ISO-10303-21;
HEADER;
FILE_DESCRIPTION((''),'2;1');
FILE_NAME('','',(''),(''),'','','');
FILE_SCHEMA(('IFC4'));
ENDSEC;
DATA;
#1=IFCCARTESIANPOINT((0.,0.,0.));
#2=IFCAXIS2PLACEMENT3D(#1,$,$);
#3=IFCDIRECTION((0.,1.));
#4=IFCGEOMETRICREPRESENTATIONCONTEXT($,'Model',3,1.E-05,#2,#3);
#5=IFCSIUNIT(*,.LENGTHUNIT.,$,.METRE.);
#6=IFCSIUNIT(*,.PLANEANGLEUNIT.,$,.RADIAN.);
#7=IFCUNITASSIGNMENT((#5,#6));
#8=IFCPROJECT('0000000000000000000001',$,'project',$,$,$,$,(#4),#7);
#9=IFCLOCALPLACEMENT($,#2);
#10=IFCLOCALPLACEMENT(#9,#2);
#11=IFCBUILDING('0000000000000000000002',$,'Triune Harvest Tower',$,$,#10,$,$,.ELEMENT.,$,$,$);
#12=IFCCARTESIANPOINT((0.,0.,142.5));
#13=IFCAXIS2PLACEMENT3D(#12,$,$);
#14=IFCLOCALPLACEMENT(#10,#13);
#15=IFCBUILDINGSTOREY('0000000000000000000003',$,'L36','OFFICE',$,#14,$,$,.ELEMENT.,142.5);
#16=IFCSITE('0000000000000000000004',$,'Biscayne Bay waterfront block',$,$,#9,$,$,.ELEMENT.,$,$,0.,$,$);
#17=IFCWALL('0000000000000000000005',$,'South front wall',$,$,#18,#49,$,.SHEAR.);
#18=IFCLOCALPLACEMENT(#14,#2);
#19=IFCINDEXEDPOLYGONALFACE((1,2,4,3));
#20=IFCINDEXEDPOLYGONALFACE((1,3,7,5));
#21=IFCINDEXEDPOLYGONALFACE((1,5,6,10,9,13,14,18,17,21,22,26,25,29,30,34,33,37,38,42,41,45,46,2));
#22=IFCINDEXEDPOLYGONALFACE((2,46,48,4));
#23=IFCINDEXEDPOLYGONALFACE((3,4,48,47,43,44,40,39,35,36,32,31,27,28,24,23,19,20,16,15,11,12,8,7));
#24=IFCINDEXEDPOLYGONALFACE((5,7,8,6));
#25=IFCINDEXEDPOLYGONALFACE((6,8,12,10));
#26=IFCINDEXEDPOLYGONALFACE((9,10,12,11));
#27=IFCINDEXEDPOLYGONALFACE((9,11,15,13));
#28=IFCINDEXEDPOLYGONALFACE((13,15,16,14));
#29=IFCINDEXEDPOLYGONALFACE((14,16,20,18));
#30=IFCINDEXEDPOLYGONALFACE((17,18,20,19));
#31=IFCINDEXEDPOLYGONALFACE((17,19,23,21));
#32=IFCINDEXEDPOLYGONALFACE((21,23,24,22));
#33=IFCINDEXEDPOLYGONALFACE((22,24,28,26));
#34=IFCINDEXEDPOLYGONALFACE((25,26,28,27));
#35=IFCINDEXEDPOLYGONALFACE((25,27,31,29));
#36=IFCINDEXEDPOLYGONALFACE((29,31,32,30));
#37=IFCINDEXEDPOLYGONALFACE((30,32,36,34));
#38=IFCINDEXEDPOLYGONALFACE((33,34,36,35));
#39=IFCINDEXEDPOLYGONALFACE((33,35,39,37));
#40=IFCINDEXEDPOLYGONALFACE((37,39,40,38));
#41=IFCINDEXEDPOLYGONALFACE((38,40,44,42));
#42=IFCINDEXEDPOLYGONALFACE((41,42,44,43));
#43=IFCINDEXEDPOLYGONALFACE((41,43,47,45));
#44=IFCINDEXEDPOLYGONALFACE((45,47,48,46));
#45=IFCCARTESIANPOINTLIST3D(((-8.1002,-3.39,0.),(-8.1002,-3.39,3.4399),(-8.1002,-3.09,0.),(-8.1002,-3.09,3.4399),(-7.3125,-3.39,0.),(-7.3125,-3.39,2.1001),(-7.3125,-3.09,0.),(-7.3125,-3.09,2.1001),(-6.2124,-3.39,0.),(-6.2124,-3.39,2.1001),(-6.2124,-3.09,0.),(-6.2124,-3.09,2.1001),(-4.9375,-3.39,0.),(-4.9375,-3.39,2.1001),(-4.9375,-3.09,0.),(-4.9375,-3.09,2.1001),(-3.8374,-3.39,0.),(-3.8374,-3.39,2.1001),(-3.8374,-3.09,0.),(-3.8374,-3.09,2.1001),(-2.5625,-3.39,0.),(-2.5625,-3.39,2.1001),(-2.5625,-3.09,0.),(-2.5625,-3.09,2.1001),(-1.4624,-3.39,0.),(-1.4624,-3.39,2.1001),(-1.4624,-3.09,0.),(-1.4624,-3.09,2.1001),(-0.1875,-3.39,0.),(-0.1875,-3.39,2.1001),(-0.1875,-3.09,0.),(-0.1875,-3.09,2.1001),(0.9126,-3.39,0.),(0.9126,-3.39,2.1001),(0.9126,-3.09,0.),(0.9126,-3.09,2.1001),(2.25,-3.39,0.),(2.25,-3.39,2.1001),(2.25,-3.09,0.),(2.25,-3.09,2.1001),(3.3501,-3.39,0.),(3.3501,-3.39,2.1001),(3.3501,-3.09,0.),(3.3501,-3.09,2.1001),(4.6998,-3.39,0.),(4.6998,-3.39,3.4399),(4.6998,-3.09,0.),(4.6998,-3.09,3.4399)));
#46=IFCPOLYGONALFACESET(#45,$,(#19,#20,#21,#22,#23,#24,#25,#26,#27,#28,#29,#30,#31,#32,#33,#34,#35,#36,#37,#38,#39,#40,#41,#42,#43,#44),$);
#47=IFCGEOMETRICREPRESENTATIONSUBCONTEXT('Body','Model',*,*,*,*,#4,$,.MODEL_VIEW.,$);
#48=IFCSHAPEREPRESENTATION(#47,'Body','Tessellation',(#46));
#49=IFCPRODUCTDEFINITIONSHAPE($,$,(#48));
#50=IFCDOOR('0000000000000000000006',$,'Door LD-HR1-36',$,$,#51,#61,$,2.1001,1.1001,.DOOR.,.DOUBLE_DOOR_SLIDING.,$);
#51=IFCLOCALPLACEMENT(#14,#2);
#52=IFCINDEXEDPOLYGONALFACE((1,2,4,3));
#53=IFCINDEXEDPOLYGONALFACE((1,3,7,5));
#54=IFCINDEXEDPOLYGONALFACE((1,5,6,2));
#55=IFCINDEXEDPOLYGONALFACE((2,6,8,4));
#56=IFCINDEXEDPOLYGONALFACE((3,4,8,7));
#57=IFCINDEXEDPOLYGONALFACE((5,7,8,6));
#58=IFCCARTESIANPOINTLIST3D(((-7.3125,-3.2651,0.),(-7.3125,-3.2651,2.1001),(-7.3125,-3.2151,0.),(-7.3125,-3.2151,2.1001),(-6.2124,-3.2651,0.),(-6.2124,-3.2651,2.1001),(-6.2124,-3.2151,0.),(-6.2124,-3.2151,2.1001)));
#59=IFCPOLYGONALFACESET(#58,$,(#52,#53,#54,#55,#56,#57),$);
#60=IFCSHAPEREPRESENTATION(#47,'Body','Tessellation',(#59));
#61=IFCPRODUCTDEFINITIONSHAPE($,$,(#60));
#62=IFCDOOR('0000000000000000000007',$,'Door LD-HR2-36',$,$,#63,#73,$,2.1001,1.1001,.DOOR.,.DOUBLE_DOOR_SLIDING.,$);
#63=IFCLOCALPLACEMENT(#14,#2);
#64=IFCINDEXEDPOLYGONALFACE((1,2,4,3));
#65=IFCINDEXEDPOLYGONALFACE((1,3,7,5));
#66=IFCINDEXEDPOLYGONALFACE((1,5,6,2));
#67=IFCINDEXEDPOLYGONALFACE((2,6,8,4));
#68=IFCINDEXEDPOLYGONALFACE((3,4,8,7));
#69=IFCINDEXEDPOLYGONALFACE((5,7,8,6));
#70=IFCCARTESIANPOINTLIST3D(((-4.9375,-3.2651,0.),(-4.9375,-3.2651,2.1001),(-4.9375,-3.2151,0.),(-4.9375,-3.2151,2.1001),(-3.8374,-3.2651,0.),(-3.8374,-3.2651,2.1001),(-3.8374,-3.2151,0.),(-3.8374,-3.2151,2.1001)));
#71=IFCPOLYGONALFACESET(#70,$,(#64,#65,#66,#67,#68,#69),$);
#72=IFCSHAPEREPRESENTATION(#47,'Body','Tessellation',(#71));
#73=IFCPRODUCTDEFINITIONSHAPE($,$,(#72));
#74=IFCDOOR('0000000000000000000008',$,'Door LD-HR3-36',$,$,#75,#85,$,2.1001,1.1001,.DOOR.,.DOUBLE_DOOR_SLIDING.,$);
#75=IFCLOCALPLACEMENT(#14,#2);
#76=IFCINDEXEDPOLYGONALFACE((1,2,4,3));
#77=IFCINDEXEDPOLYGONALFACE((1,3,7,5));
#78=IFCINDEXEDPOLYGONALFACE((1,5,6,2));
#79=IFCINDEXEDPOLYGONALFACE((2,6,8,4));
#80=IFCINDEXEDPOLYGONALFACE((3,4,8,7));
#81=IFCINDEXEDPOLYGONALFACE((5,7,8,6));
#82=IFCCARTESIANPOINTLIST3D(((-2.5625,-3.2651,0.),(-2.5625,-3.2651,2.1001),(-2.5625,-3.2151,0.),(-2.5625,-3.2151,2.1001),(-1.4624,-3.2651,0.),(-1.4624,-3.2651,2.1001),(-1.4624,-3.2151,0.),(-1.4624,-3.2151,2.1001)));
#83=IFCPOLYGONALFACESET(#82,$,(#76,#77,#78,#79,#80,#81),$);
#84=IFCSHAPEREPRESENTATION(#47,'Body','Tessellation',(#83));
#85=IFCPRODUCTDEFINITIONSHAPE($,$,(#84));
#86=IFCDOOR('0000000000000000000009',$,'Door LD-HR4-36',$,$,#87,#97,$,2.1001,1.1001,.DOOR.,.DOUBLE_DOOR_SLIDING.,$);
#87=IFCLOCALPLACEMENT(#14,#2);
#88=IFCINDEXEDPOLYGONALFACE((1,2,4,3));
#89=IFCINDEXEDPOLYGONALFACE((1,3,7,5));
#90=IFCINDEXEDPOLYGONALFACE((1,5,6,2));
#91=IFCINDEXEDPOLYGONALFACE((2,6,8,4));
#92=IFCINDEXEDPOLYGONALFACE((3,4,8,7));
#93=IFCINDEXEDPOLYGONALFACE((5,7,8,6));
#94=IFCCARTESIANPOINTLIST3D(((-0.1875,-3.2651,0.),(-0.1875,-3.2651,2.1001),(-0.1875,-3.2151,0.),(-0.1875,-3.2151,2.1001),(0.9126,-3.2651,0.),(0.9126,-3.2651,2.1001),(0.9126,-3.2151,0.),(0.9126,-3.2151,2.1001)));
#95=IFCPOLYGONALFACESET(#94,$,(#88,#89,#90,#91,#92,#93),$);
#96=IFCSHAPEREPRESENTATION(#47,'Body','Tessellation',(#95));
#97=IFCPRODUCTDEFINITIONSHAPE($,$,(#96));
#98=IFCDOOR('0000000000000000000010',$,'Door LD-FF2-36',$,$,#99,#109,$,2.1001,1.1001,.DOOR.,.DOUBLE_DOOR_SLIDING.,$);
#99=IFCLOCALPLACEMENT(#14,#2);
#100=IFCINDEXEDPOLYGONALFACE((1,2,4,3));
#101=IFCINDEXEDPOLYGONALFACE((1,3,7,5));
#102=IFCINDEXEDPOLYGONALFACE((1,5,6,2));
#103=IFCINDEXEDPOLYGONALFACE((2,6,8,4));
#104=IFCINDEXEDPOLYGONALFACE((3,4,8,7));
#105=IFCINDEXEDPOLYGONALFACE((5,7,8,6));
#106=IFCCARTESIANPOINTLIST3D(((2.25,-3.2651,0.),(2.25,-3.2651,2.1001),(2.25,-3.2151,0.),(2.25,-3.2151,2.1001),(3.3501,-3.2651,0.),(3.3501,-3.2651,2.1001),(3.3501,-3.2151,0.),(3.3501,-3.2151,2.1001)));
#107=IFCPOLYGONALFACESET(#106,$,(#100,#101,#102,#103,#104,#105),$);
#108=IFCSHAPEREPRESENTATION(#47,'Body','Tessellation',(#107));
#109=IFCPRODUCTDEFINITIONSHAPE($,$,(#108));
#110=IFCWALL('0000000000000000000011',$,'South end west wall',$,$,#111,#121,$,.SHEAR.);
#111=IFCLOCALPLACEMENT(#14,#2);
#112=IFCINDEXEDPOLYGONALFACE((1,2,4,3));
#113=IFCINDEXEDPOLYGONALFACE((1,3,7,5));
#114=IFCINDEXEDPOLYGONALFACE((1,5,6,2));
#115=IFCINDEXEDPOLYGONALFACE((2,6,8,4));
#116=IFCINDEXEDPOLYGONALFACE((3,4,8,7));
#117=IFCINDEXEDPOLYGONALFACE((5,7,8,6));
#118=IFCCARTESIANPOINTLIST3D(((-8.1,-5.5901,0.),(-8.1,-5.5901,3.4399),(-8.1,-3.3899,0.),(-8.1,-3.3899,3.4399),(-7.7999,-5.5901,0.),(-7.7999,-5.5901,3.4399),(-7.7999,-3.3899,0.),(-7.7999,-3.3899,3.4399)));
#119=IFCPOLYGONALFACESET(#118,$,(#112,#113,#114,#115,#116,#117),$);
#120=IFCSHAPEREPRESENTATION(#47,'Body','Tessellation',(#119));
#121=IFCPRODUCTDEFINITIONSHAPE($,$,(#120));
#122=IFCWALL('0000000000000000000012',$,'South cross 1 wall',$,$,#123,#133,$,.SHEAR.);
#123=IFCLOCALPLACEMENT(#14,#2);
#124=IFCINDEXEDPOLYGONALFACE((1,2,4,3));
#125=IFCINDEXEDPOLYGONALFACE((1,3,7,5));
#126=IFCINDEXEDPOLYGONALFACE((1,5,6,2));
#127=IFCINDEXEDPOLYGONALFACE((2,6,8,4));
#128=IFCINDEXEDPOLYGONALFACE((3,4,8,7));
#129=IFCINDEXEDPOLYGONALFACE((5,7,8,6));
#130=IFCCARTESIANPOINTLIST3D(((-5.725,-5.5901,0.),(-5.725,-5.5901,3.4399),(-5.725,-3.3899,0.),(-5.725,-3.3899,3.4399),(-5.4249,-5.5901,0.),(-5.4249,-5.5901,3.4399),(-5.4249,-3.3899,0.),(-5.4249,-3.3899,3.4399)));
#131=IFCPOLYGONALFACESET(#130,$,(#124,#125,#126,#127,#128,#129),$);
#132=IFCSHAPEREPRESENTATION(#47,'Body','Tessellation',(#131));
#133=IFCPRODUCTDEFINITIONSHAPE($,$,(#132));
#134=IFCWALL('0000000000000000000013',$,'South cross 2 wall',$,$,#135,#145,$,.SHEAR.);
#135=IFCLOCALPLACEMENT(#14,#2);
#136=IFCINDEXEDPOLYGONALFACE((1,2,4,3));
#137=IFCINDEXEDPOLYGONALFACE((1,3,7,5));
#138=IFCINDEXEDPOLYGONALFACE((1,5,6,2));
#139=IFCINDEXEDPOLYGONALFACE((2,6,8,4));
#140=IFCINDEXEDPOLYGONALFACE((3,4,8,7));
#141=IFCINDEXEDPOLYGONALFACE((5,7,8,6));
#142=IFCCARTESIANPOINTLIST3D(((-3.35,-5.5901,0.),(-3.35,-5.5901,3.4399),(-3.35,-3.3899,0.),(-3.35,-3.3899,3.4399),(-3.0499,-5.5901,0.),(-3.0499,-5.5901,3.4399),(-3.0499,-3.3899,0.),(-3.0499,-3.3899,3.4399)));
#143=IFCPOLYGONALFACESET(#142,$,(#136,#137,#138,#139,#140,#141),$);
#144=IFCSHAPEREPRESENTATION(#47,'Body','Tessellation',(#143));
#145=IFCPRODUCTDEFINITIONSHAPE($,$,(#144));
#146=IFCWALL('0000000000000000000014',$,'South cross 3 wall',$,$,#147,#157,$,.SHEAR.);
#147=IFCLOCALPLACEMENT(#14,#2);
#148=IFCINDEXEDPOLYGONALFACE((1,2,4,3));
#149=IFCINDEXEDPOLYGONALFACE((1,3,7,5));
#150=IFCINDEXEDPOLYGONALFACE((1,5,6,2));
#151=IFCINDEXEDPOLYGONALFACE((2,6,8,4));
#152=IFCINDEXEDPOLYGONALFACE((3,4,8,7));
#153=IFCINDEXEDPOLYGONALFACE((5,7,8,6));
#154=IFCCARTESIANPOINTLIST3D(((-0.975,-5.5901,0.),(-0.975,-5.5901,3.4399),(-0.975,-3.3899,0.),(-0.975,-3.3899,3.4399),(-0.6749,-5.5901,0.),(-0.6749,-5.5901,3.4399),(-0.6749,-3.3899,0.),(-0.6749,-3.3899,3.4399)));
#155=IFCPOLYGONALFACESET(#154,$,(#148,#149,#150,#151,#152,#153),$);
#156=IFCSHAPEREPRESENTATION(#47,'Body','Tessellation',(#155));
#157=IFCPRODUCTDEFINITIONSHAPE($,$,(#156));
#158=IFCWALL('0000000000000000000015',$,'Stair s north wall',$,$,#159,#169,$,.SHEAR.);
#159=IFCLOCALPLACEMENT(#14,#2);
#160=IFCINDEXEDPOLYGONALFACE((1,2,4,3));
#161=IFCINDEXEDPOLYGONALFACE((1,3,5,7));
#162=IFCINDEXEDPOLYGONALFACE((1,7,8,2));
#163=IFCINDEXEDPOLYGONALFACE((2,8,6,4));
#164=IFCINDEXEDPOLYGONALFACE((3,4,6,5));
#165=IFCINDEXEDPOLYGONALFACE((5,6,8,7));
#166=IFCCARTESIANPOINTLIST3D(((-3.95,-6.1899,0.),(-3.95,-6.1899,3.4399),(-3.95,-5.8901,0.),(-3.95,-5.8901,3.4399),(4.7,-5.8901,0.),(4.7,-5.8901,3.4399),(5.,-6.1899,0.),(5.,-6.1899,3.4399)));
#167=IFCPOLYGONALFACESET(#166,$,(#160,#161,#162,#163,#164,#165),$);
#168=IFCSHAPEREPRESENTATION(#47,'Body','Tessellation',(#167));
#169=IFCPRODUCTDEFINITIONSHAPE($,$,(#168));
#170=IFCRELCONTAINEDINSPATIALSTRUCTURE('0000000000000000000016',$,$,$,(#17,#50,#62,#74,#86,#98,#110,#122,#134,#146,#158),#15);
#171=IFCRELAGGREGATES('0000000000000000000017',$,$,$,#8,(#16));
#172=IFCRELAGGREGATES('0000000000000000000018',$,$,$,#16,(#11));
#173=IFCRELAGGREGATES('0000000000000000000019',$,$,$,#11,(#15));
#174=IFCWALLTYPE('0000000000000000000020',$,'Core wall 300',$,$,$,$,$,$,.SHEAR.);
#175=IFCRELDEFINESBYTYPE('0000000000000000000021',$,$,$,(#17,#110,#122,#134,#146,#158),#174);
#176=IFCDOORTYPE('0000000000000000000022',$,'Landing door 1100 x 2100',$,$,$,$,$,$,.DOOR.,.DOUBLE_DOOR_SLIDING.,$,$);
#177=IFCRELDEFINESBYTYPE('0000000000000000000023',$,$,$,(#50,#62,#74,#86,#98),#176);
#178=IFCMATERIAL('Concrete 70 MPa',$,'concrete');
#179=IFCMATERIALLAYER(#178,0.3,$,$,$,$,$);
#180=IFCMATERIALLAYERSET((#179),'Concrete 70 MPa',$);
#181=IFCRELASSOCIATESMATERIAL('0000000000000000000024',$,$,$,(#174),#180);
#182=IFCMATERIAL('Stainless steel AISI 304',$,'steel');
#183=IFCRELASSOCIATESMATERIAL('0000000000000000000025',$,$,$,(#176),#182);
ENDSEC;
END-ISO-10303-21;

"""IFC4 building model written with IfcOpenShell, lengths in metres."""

from ifc_helpers import new_model, si_unit, direction, frame, frame_2d, origin, place, context, subcontext, project, spatial, polyline, rectangle, outline, extrude, source, transform, mapped, material, layer, layer_set, type_object, element, fill, save


model = new_model("IFC4")

# Units and contexts
model_context = context("Model", 3, precision=1e-05, world=origin(), true_north=direction((0.0, 1.0)))
body_context = subcontext(model_context, "Body", "Model", "MODEL_VIEW")
ifc_project = project(units=[si_unit("LENGTHUNIT", "METRE"), si_unit("PLANEANGLEUNIT", "RADIAN")], contexts=[model_context])

# Site, building, storey
site_placement = place(None, origin())
site = spatial("IfcSite", under=ifc_project, at=site_placement, Name="Biscayne Bay waterfront block", CompositionType="ELEMENT", RefElevation=0.0)
building_placement = place(site_placement, origin())
building = spatial("IfcBuilding", under=site, at=building_placement, Name="Triune Harvest Tower", CompositionType="ELEMENT")
storey_placement = place(building_placement, frame((0.0, 0.0, 142.5)))
storey = spatial("IfcBuildingStorey", under=building, at=storey_placement, Name="L36", Description="OFFICE", CompositionType="ELEMENT", Elevation=142.5)

# Wall, openings, doors
ifc_material_1 = material(Name="Concrete 70 MPa", Category="concrete")
ifc_layer_1 = layer(ifc_material_1, 0.3)
ifc_layer_set_1 = layer_set([ifc_layer_1], Name="Concrete 70 MPa")
wall_type_1 = type_object("IfcWallType", Name="Core wall 300", PredefinedType="SHEAR", material=ifc_layer_set_1)
shared_shape_1 = source(origin(), body_context, "Body", "SweptSolid", [
    extrude(rectangle(XDim=12.8, YDim=0.3, at=frame_2d((6.3999, 0.0))), origin(), (0.0, 0.0, 1.0), 3.4399),
])
wall_1_placement = place(storey_placement, frame((-8.1001, -3.24, 0.0), z_axis=(0.0, 0.0, 1.0), x_axis=(1.0, 0.0, 0.0)))
wall_1 = element("IfcWall", 1, at=wall_1_placement, inside=storey, type_object=wall_type_1, Name="South front wall", PredefinedType="SHEAR", context=body_context, shape_type="MappedRepresentation", body=[
    mapped(shared_shape_1, transform((0.0, 0.0, 0.0), scale=1.0)),
])
opening_1_placement = place(wall_1_placement, frame((0.7876, 0.0, 0.0)))
opening_1 = element("IfcOpeningElement", 2, at=opening_1_placement, cuts=wall_1, PredefinedType="OPENING", context=body_context, shape_type="SweptSolid", body=[
    extrude(rectangle(XDim=1.1001, YDim=2.1001, at=frame_2d((0.55, 1.05))), frame((0.0, 0.1602, 0.0), z_axis=(0.0, -1.0, 0.0), x_axis=(1.0, 0.0, 0.0)), (0.0, 0.0, 1.0), 0.3201),
])
opening_2_placement = place(wall_1_placement, frame((3.1626, 0.0, 0.0)))
opening_2 = element("IfcOpeningElement", 3, at=opening_2_placement, cuts=wall_1, PredefinedType="OPENING", context=body_context, shape_type="SweptSolid", body=[
    extrude(rectangle(XDim=1.1001, YDim=2.1001, at=frame_2d((0.55, 1.05))), frame((0.0, 0.1602, 0.0), z_axis=(0.0, -1.0, 0.0), x_axis=(1.0, 0.0, 0.0)), (0.0, 0.0, 1.0), 0.3201),
])
opening_3_placement = place(wall_1_placement, frame((5.5376, 0.0, 0.0)))
opening_3 = element("IfcOpeningElement", 4, at=opening_3_placement, cuts=wall_1, PredefinedType="OPENING", context=body_context, shape_type="SweptSolid", body=[
    extrude(rectangle(XDim=1.1001, YDim=2.1001, at=frame_2d((0.55, 1.05))), frame((0.0, 0.1602, 0.0), z_axis=(0.0, -1.0, 0.0), x_axis=(1.0, 0.0, 0.0)), (0.0, 0.0, 1.0), 0.3201),
])
opening_4_placement = place(wall_1_placement, frame((7.9126, 0.0, 0.0)))
opening_4 = element("IfcOpeningElement", 5, at=opening_4_placement, cuts=wall_1, PredefinedType="OPENING", context=body_context, shape_type="SweptSolid", body=[
    extrude(rectangle(XDim=1.1001, YDim=2.1001, at=frame_2d((0.55, 1.05))), frame((0.0, 0.1602, 0.0), z_axis=(0.0, -1.0, 0.0), x_axis=(1.0, 0.0, 0.0)), (0.0, 0.0, 1.0), 0.3201),
])
opening_5_placement = place(wall_1_placement, frame((10.3501, 0.0, 0.0)))
opening_5 = element("IfcOpeningElement", 6, at=opening_5_placement, cuts=wall_1, PredefinedType="OPENING", context=body_context, shape_type="SweptSolid", body=[
    extrude(rectangle(XDim=1.1001, YDim=2.1001, at=frame_2d((0.55, 1.05))), frame((0.0, 0.1602, 0.0), z_axis=(0.0, -1.0, 0.0), x_axis=(1.0, 0.0, 0.0)), (0.0, 0.0, 1.0), 0.3201),
])
ifc_material_2 = material(Name="Stainless steel AISI 304", Category="steel")
door_type_1 = type_object("IfcDoorType", Name="Landing door 1100 x 2100", OperationType="DOUBLE_DOOR_SLIDING", PredefinedType="DOOR", material=ifc_material_2)
door_1_placement = place(opening_1_placement, origin())
door_1 = element("IfcDoor", 7, at=door_1_placement, inside=storey, type_object=door_type_1, Name="Door LD-HR1-36", OperationType="DOUBLE_DOOR_SLIDING", OverallHeight=2.1001, OverallWidth=1.1001, PredefinedType="DOOR", context=body_context, shape_type="SweptSolid", body=[
    extrude(rectangle(XDim=1.1001, YDim=2.1001, at=frame_2d((0.55, 1.05))), frame((0.0, 0.0249, 0.0), z_axis=(0.0, -1.0, 0.0), x_axis=(1.0, 0.0, 0.0)), (0.0, 0.0, 1.0), 0.05),
])
fill(opening_1, door_1)
door_2_placement = place(opening_2_placement, origin())
door_2 = element("IfcDoor", 8, at=door_2_placement, inside=storey, type_object=door_type_1, Name="Door LD-HR2-36", OperationType="DOUBLE_DOOR_SLIDING", OverallHeight=2.1001, OverallWidth=1.1001, PredefinedType="DOOR", context=body_context, shape_type="SweptSolid", body=[
    extrude(rectangle(XDim=1.1001, YDim=2.1001, at=frame_2d((0.55, 1.05))), frame((0.0, 0.0249, 0.0), z_axis=(0.0, -1.0, 0.0), x_axis=(1.0, 0.0, 0.0)), (0.0, 0.0, 1.0), 0.05),
])
fill(opening_2, door_2)
door_3_placement = place(opening_3_placement, origin())
door_3 = element("IfcDoor", 9, at=door_3_placement, inside=storey, type_object=door_type_1, Name="Door LD-HR3-36", OperationType="DOUBLE_DOOR_SLIDING", OverallHeight=2.1001, OverallWidth=1.1001, PredefinedType="DOOR", context=body_context, shape_type="SweptSolid", body=[
    extrude(rectangle(XDim=1.1001, YDim=2.1001, at=frame_2d((0.55, 1.05))), frame((0.0, 0.0249, 0.0), z_axis=(0.0, -1.0, 0.0), x_axis=(1.0, 0.0, 0.0)), (0.0, 0.0, 1.0), 0.05),
])
fill(opening_3, door_3)
door_4_placement = place(opening_4_placement, origin())
door_4 = element("IfcDoor", 10, at=door_4_placement, inside=storey, type_object=door_type_1, Name="Door LD-HR4-36", OperationType="DOUBLE_DOOR_SLIDING", OverallHeight=2.1001, OverallWidth=1.1001, PredefinedType="DOOR", context=body_context, shape_type="SweptSolid", body=[
    extrude(rectangle(XDim=1.1001, YDim=2.1001, at=frame_2d((0.55, 1.05))), frame((0.0, 0.0249, 0.0), z_axis=(0.0, -1.0, 0.0), x_axis=(1.0, 0.0, 0.0)), (0.0, 0.0, 1.0), 0.05),
])
fill(opening_4, door_4)
door_5_placement = place(opening_5_placement, origin())
door_5 = element("IfcDoor", 11, at=door_5_placement, inside=storey, type_object=door_type_1, Name="Door LD-FF2-36", OperationType="DOUBLE_DOOR_SLIDING", OverallHeight=2.1001, OverallWidth=1.1001, PredefinedType="DOOR", context=body_context, shape_type="SweptSolid", body=[
    extrude(rectangle(XDim=1.1001, YDim=2.1001, at=frame_2d((0.55, 1.05))), frame((0.0, 0.0249, 0.0), z_axis=(0.0, -1.0, 0.0), x_axis=(1.0, 0.0, 0.0)), (0.0, 0.0, 1.0), 0.05),
])
fill(opening_5, door_5)

# Walls
shared_shape_2 = source(origin(), body_context, "Body", "SweptSolid", [
    extrude(rectangle(XDim=2.2002, YDim=0.3, at=frame_2d((1.1001, 0.0))), origin(), (0.0, 0.0, 1.0), 3.4399),
])
for number, where, z_axis, x_axis, name in (
    (12, (-7.95, -5.5901, 0.0), (0.0, 0.0, 1.0), (0.0, 1.0, 0.0), "South end west wall"),
    (13, (-5.575, -5.5901, 0.0), (0.0, 0.0, 1.0), (0.0, 1.0, 0.0), "South cross 1 wall"),
    (14, (-3.2, -5.5901, 0.0), (0.0, 0.0, 1.0), (0.0, 1.0, 0.0), "South cross 2 wall"),
    (15, (-0.825, -5.5901, 0.0), (0.0, 0.0, 1.0), (0.0, 1.0, 0.0), "South cross 3 wall"),
):
    element("IfcWall", number, at=place(storey_placement, frame(where, z_axis=z_axis, x_axis=x_axis)), inside=storey, type_object=wall_type_1, Name=name, PredefinedType="SHEAR", context=body_context, shape_type="MappedRepresentation", body=[
        mapped(shared_shape_2, transform((0.0, 0.0, 0.0), scale=1.0)),
    ])
shared_shape_3 = source(origin(), body_context, "Body", "SweptSolid", [
    extrude(outline(polyline([(0.0, -0.1499), (8.95, -0.1499), (8.6499, 0.1499), (0.0, 0.1499), (0.0, -0.1499)])), origin(), (0.0, 0.0, 1.0), 3.4399),
])
wall_2_placement = place(storey_placement, frame((-3.95, -6.04, 0.0), z_axis=(0.0, 0.0, 1.0), x_axis=(1.0, 0.0, 0.0)))
element("IfcWall", 16, at=wall_2_placement, inside=storey, type_object=wall_type_1, Name="Stair s north wall", PredefinedType="SHEAR", context=body_context, shape_type="MappedRepresentation", body=[
    mapped(shared_shape_3, transform((0.0, 0.0, 0.0), scale=1.0)),
])

save(model, "model.ifc")
